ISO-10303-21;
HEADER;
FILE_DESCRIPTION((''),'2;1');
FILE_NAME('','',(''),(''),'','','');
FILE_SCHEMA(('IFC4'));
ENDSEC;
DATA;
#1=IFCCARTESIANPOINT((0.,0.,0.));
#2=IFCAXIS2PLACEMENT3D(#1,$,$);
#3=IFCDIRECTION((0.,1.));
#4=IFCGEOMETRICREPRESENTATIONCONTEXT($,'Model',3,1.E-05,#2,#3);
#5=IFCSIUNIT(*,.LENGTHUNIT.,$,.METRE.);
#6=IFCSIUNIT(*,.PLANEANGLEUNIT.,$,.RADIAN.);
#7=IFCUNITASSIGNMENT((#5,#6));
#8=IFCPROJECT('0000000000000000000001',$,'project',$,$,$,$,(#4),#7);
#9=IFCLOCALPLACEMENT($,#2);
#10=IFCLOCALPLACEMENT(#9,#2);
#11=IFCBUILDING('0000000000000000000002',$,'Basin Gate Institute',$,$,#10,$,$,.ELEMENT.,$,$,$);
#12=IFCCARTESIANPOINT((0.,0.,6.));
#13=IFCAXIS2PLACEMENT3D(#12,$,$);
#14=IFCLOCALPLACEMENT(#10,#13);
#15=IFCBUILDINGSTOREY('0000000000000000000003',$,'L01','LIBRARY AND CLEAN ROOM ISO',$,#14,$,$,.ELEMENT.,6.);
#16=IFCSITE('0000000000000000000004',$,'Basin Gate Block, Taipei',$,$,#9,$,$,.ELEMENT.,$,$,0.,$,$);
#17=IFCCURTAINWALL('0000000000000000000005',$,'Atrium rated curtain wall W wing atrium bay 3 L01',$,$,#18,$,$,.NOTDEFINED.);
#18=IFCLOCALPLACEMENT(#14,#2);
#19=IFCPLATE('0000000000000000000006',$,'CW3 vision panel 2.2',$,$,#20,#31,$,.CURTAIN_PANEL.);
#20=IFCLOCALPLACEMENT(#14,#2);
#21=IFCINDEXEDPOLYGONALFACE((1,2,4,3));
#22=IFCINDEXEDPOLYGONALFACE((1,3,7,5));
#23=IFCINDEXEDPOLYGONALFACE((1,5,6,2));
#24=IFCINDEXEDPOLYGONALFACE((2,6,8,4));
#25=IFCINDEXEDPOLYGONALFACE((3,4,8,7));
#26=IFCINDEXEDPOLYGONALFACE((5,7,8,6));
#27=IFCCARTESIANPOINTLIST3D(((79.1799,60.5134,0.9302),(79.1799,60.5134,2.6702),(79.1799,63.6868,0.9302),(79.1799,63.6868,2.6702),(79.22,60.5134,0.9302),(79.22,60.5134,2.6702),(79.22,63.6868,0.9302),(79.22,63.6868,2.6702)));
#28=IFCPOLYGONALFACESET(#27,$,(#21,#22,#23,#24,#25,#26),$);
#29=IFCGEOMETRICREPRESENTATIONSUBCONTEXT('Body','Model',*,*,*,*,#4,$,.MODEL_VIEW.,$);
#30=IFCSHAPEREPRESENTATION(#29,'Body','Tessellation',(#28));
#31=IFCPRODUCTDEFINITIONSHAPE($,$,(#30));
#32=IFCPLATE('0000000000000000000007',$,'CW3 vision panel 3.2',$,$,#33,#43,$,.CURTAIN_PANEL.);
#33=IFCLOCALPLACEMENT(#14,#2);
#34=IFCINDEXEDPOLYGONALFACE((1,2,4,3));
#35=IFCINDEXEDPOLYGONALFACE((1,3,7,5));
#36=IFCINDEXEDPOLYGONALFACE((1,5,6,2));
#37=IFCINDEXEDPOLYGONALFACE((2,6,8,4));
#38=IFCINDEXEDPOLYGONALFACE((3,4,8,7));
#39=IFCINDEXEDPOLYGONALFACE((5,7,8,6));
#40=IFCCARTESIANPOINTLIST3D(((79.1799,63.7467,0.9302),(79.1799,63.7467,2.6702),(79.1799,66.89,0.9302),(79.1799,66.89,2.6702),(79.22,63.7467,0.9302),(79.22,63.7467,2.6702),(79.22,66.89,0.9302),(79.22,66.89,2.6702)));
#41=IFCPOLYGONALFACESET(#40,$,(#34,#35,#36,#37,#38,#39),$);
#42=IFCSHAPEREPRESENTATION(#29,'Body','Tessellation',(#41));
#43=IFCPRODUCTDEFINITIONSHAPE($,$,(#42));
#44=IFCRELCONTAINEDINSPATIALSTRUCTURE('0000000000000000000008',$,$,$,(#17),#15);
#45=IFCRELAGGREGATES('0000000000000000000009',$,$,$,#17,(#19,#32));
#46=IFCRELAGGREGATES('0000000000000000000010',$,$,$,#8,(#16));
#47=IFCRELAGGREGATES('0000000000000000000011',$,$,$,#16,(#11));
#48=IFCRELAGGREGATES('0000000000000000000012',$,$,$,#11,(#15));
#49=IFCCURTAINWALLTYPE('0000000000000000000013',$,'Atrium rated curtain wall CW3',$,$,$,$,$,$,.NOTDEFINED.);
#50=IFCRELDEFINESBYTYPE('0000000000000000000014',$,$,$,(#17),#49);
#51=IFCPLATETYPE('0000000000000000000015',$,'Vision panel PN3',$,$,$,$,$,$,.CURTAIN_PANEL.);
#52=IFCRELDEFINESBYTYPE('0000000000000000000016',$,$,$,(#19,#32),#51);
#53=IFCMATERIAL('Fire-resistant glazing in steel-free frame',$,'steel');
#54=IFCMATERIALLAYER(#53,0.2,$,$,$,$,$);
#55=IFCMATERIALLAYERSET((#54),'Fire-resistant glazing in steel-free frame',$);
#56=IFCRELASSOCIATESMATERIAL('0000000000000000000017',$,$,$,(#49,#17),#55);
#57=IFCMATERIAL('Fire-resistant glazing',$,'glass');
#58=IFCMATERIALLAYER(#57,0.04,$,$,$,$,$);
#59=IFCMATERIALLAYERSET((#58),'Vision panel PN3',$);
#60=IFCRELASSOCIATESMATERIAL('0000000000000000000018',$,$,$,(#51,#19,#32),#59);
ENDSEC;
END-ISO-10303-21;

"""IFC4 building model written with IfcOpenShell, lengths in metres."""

from ifc_helpers import new_model, si_unit, direction, frame, origin, origin_2d, place, context, subcontext, project, spatial, rectangle, extrude, material, layer, layer_set, type_object, element, aggregate, save


model = new_model("IFC4")

# Units and contexts
model_context = context("Model", 3, precision=1e-05, world=origin(), true_north=direction((0.0, 1.0)))
body_context = subcontext(model_context, "Body", "Model", "MODEL_VIEW")
ifc_project = project(units=[si_unit("LENGTHUNIT", "METRE"), si_unit("PLANEANGLEUNIT", "RADIAN")], contexts=[model_context])

# Site, building, storey
site_placement = place(None, origin())
site = spatial("IfcSite", under=ifc_project, at=site_placement, Name="Basin Gate Block, Taipei", CompositionType="ELEMENT", RefElevation=0.0)
building_placement = place(site_placement, origin())
building = spatial("IfcBuilding", under=site, at=building_placement, Name="Basin Gate Institute", CompositionType="ELEMENT")
storey_placement = place(building_placement, frame((0.0, 0.0, 6.0)))
storey = spatial("IfcBuildingStorey", under=building, at=storey_placement, Name="L01", Description="LIBRARY AND CLEAN ROOM ISO", CompositionType="ELEMENT", Elevation=6.0)

# Curtain wall, plates
ifc_material_1 = material(Name="Fire-resistant glazing in steel-free frame", Category="steel")
ifc_layer_1 = layer(ifc_material_1, 0.2)
ifc_layer_set_1 = layer_set([ifc_layer_1], Name="Fire-resistant glazing in steel-free frame")
curtain_wall_type = type_object("IfcCurtainWallType", Name="Atrium rated curtain wall CW3", PredefinedType="NOTDEFINED", material=ifc_layer_set_1)
curtain_wall_placement = place(storey_placement, origin())
curtain_wall = element("IfcCurtainWall", 1, at=curtain_wall_placement, inside=storey, type_object=curtain_wall_type, material=ifc_layer_set_1, Name="Atrium rated curtain wall W wing atrium bay 3 L01", PredefinedType="NOTDEFINED")
ifc_material_2 = material(Name="Fire-resistant glazing", Category="glass")
ifc_layer_2 = layer(ifc_material_2, 0.04)
ifc_layer_set_2 = layer_set([ifc_layer_2], Name="Vision panel PN3")
plate_type_1 = type_object("IfcPlateType", Name="Vision panel PN3", PredefinedType="CURTAIN_PANEL", material=ifc_layer_set_2)
plate_1_placement = place(storey_placement, frame((79.2, 62.1001, 0.9302), z_axis=(0.0, 0.0, 1.0), x_axis=(0.0, 1.0, 0.0)))
plate_1 = element("IfcPlate", 2, at=plate_1_placement, type_object=plate_type_1, material=ifc_layer_set_2, Name="CW3 vision panel 2.2", PredefinedType="CURTAIN_PANEL", context=body_context, shape_type="SweptSolid", body=[
    extrude(rectangle(XDim=3.1733, YDim=0.04, at=origin_2d()), origin(), (0.0, 0.0, 1.0), 1.74),
])
plate_2_placement = place(storey_placement, frame((79.2, 65.3184, 0.9302), z_axis=(0.0, 0.0, 1.0), x_axis=(0.0, 1.0, 0.0)))
plate_2 = element("IfcPlate", 3, at=plate_2_placement, type_object=plate_type_1, material=ifc_layer_set_2, Name="CW3 vision panel 3.2", PredefinedType="CURTAIN_PANEL", context=body_context, shape_type="SweptSolid", body=[
    extrude(rectangle(XDim=3.1433, YDim=0.04, at=origin_2d()), origin(), (0.0, 0.0, 1.0), 1.74),
])
aggregate(curtain_wall, [plate_1, plate_2])

save(model, "model.ifc")
